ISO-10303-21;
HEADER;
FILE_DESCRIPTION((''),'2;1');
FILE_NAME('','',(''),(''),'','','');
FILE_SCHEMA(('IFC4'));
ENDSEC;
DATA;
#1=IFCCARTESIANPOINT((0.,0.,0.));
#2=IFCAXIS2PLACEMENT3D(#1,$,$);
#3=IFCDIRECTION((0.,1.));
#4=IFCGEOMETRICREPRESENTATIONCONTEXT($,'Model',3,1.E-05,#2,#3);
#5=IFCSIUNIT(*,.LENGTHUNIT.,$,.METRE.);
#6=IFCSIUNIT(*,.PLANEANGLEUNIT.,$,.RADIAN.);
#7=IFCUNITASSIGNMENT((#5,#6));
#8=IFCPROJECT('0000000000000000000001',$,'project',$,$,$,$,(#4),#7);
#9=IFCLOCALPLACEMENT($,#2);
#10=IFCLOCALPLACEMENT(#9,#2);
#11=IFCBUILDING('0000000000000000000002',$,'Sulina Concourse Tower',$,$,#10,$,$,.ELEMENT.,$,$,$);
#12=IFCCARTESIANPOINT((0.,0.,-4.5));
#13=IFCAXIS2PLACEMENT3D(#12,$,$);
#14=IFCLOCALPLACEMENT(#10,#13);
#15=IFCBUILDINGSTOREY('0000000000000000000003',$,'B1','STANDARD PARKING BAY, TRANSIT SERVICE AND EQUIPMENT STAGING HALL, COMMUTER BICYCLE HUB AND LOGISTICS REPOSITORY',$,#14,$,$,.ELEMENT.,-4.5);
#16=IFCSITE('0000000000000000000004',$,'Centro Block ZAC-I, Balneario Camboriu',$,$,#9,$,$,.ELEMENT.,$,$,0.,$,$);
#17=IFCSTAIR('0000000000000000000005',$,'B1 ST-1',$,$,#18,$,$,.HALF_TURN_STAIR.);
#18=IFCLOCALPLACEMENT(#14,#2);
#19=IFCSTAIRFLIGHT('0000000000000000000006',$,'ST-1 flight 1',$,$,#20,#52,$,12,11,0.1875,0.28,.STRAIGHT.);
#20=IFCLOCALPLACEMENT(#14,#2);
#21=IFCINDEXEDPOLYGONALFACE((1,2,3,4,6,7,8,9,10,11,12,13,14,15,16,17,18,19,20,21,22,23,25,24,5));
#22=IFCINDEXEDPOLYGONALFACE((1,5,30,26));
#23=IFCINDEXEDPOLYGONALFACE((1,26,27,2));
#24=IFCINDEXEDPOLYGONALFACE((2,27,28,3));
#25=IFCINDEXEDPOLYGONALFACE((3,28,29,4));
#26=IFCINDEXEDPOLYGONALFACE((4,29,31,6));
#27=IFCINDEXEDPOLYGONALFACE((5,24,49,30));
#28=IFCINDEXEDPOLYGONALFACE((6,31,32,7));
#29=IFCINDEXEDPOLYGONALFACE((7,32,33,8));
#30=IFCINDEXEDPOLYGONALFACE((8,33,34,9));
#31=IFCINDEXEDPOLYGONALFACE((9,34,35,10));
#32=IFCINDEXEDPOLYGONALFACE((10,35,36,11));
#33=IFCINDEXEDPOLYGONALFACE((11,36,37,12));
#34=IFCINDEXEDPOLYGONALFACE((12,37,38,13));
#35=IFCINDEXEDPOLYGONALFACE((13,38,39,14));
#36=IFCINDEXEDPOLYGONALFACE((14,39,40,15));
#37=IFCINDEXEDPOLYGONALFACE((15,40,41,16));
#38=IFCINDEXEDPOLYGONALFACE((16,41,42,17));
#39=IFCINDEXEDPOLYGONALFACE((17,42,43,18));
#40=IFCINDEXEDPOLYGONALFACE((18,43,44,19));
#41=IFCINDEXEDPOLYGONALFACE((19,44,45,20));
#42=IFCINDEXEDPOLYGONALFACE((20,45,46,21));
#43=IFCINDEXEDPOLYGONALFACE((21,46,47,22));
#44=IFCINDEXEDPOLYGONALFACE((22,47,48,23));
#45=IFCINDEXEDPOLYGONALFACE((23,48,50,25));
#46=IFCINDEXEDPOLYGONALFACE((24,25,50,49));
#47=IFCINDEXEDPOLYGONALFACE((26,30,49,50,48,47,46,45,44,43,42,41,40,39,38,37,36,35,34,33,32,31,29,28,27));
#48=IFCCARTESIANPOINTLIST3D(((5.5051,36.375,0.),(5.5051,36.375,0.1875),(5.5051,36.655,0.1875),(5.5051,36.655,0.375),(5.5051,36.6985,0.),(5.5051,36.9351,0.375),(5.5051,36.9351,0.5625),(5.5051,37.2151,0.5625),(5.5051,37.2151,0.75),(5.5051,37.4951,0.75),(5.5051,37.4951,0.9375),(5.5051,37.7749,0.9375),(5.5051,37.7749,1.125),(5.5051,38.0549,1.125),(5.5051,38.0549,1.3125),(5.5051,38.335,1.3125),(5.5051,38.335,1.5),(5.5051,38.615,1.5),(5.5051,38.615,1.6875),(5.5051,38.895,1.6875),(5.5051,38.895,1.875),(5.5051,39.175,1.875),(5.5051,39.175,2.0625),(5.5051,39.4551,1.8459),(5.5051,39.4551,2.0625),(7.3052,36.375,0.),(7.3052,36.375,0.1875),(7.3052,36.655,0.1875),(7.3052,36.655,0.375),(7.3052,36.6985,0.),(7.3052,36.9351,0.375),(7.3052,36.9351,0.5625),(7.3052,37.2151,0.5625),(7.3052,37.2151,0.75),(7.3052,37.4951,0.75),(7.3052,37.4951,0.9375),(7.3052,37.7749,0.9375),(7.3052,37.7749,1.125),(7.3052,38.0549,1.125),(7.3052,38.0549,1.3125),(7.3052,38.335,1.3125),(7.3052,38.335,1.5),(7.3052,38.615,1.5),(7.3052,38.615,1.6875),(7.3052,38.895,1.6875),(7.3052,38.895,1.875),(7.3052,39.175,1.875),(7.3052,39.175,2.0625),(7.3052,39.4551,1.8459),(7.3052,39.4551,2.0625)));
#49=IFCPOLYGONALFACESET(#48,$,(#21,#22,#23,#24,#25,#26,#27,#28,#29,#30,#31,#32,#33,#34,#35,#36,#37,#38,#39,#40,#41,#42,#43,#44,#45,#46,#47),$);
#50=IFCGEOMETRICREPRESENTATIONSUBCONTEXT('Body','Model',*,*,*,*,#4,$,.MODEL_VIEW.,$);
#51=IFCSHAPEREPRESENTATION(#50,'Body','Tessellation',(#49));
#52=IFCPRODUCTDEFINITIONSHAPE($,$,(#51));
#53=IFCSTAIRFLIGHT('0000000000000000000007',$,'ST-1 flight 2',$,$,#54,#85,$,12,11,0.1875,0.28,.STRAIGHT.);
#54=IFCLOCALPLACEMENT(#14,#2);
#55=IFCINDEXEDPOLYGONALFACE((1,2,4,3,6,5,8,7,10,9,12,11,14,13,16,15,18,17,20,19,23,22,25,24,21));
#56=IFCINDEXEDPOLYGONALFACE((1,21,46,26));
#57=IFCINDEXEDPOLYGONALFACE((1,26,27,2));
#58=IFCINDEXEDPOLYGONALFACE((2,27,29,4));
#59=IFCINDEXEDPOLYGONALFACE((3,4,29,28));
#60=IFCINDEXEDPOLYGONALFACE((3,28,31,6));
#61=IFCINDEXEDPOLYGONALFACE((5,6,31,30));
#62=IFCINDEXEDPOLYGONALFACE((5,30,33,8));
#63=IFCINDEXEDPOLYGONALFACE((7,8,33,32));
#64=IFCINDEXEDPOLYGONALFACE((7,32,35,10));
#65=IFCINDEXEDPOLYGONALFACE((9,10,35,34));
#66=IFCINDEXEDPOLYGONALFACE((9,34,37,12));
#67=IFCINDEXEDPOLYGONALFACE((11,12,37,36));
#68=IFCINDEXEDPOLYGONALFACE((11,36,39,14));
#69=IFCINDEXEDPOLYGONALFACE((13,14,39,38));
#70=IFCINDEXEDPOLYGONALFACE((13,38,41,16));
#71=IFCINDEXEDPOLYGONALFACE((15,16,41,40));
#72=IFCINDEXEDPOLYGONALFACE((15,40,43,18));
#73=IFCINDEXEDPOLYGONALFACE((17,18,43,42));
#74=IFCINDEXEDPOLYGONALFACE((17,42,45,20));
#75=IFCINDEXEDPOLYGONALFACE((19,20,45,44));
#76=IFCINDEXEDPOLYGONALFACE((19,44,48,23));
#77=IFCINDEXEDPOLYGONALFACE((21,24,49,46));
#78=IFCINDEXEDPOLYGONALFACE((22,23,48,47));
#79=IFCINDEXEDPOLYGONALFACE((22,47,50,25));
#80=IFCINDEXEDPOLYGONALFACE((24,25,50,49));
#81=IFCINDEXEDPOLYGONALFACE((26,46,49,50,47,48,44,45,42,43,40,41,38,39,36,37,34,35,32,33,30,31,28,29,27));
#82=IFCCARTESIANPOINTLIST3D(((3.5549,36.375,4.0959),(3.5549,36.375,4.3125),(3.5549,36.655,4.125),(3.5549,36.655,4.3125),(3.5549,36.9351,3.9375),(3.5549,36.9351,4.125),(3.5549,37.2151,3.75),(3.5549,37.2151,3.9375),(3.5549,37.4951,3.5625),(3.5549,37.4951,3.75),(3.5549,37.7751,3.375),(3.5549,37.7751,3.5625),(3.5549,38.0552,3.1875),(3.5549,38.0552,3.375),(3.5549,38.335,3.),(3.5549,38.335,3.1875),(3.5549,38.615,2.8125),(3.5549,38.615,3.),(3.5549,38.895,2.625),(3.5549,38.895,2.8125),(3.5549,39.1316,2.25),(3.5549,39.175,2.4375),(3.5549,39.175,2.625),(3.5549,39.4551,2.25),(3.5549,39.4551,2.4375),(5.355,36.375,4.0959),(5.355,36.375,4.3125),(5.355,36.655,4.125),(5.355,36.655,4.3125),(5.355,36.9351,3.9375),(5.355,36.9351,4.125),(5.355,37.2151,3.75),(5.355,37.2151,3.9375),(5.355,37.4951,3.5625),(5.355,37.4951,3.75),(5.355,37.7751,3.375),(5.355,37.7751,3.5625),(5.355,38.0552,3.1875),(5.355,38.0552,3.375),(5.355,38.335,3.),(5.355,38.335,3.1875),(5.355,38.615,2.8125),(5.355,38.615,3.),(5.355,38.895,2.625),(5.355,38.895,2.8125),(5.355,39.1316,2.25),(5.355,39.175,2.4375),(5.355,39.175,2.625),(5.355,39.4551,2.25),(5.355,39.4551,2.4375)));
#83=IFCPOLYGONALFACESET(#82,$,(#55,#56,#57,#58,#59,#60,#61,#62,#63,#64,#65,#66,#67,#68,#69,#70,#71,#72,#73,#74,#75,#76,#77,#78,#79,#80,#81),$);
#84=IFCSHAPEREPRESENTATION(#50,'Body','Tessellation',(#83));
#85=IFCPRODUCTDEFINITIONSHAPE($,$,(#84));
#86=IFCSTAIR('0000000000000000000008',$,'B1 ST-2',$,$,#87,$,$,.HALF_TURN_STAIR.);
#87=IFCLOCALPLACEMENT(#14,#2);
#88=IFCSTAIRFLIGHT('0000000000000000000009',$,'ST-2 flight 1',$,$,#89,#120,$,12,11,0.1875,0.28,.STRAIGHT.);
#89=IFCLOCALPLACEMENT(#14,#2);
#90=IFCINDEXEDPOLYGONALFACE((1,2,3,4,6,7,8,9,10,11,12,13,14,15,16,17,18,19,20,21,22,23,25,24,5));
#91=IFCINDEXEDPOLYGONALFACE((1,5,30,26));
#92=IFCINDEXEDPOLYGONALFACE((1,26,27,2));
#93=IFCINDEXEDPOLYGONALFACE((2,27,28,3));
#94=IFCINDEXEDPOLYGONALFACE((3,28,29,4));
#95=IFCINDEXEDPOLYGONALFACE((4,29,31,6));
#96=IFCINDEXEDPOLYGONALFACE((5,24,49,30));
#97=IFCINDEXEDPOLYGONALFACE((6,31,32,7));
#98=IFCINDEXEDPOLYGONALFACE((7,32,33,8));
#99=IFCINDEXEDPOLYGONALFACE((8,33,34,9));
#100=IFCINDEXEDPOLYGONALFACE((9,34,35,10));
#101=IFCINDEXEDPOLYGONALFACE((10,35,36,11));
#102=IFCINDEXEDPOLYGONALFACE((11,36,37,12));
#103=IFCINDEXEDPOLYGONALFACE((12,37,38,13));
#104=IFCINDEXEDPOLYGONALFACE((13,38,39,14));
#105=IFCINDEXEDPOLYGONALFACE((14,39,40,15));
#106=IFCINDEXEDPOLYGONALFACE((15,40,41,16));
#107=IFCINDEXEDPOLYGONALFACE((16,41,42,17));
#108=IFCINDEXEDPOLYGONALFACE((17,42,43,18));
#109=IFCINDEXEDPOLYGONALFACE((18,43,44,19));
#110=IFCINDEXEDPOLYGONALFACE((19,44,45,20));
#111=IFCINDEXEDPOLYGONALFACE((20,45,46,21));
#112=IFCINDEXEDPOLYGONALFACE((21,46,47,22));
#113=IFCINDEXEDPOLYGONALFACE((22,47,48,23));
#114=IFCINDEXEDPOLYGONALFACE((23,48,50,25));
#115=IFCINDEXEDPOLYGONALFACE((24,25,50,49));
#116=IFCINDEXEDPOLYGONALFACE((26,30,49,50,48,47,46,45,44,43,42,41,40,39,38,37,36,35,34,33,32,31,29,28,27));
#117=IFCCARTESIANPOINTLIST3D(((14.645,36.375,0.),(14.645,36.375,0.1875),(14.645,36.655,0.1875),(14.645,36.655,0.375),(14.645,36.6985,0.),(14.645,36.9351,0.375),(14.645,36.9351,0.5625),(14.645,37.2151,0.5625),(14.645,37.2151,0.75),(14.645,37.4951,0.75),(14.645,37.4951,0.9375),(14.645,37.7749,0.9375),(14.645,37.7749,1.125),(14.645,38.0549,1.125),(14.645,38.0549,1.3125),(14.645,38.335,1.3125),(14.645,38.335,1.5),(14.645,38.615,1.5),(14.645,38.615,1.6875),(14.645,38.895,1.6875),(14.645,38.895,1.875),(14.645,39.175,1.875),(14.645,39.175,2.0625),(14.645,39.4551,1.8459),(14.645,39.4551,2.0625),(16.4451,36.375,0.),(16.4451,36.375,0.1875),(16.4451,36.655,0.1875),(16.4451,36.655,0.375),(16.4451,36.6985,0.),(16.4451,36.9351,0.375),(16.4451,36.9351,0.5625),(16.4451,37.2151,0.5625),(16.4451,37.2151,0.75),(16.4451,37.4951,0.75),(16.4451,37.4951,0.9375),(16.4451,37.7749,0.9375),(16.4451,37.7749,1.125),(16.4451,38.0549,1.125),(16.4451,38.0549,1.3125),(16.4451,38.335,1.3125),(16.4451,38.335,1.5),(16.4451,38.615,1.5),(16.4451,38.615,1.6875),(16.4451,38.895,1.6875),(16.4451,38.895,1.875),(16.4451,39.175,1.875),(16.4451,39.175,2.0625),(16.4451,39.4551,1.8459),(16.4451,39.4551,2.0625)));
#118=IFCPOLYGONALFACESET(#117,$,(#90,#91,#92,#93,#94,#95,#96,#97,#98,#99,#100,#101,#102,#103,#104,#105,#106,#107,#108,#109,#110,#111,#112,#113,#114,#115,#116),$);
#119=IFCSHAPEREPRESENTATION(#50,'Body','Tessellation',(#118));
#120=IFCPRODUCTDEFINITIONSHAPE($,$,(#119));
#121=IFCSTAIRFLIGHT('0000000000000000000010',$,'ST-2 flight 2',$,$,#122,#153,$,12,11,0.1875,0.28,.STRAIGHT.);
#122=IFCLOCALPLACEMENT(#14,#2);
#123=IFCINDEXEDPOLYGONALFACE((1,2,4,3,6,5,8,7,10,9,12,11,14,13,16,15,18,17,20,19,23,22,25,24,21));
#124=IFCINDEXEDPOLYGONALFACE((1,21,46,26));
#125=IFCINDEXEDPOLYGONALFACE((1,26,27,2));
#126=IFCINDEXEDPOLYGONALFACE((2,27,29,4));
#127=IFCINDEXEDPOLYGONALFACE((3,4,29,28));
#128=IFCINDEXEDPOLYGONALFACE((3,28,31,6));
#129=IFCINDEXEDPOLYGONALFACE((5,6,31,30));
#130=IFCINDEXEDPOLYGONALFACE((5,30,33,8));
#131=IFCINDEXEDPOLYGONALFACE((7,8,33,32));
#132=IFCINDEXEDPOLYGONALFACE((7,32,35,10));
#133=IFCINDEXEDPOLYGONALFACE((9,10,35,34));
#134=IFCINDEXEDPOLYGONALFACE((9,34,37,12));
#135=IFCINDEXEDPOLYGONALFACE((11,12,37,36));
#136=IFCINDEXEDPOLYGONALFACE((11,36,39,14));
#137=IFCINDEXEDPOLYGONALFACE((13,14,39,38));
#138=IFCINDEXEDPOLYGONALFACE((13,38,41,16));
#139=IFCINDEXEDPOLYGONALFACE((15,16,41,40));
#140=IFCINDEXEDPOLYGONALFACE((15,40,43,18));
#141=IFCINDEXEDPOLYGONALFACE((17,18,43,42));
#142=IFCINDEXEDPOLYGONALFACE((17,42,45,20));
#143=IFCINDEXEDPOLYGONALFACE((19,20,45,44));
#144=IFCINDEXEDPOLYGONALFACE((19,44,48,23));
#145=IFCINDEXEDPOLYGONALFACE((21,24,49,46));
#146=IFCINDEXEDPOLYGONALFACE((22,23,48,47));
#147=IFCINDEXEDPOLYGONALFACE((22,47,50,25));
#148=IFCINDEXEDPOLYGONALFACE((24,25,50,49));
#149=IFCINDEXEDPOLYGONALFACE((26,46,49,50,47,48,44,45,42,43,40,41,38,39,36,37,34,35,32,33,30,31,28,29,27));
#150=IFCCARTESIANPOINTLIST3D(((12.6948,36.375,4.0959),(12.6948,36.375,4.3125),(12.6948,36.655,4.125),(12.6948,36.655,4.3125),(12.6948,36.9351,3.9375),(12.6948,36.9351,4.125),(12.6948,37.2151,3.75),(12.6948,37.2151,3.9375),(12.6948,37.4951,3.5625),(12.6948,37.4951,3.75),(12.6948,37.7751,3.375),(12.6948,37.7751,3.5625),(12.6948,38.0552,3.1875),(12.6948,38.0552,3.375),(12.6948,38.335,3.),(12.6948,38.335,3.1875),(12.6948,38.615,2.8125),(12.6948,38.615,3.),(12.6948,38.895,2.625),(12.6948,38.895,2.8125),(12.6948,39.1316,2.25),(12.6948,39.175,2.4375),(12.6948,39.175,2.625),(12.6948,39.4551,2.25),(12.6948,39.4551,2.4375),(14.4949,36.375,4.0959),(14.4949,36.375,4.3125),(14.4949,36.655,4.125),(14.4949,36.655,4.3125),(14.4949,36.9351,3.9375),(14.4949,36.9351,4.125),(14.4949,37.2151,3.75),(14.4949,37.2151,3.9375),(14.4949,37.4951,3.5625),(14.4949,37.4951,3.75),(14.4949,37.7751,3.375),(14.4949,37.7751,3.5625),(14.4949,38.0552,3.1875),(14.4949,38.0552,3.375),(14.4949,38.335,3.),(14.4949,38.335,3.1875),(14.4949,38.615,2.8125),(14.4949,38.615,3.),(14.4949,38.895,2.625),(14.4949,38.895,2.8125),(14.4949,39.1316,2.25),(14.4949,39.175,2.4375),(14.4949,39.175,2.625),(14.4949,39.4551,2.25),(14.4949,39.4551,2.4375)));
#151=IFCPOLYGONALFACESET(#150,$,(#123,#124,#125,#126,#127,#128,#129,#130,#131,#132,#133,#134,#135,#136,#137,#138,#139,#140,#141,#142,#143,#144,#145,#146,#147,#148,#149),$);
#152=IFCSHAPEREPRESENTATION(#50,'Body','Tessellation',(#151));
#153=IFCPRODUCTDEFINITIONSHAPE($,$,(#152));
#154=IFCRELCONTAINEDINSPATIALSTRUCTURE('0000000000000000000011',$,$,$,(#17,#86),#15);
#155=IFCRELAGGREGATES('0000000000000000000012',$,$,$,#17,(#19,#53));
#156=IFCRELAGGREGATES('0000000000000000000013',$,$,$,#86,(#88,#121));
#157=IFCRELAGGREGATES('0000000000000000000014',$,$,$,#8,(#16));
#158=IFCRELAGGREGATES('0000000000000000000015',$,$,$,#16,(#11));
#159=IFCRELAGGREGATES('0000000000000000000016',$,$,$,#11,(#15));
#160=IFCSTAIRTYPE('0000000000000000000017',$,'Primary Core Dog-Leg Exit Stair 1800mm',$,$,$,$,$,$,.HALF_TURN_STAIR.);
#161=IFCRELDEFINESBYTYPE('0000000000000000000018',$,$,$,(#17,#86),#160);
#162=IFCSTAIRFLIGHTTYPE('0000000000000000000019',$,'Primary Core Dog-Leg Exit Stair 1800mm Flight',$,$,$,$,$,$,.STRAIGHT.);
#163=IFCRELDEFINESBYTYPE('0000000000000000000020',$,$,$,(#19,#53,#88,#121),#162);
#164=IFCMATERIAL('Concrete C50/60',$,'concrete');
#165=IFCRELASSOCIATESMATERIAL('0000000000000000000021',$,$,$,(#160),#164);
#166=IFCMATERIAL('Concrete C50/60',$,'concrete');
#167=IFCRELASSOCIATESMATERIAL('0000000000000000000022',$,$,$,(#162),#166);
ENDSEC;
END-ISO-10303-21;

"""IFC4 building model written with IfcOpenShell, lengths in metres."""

from ifc_helpers import new_model, si_unit, direction, frame, origin, place, context, subcontext, project, spatial, polyline, outline, extrude, material, type_object, element, aggregate, save


model = new_model("IFC4")

# Units and contexts
model_context = context("Model", 3, precision=1e-05, world=origin(), true_north=direction((0.0, 1.0)))
body_context = subcontext(model_context, "Body", "Model", "MODEL_VIEW")
ifc_project = project(units=[si_unit("LENGTHUNIT", "METRE"), si_unit("PLANEANGLEUNIT", "RADIAN")], contexts=[model_context])

# Site, building, storey
site_placement = place(None, origin())
site = spatial("IfcSite", under=ifc_project, at=site_placement, Name="Centro Block ZAC-I, Balneario Camboriu", CompositionType="ELEMENT", RefElevation=0.0)
building_placement = place(site_placement, origin())
building = spatial("IfcBuilding", under=site, at=building_placement, Name="Sulina Concourse Tower", CompositionType="ELEMENT")
storey_placement = place(building_placement, frame((0.0, 0.0, -4.5)))
storey = spatial("IfcBuildingStorey", under=building, at=storey_placement, Name="B1", Description="STANDARD PARKING BAY, TRANSIT SERVICE AND EQUIPMENT STAGING HALL, COMMUTER BICYCLE HUB AND LOGISTICS REPOSITORY", CompositionType="ELEMENT", Elevation=-4.5)

# Stairs, stair flights
ifc_material_1 = material(Name="Concrete C50/60", Category="concrete")
stair_type = type_object("IfcStairType", Name="Primary Core Dog-Leg Exit Stair 1800mm", PredefinedType="HALF_TURN_STAIR", material=ifc_material_1)
stair_1_placement = place(storey_placement, origin())
stair_1 = element("IfcStair", 1, at=stair_1_placement, inside=storey, type_object=stair_type, Name="B1 ST-1", PredefinedType="HALF_TURN_STAIR")
ifc_material_2 = material(Name="Concrete C50/60", Category="concrete")
stair_flight_type = type_object("IfcStairFlightType", Name="Primary Core Dog-Leg Exit Stair 1800mm Flight", PredefinedType="STRAIGHT", material=ifc_material_2)
stair_flight_1_placement = place(storey_placement, frame((6.405, 36.375, 0.0), z_axis=(0.0, 0.0, 1.0), x_axis=(0.0, 1.0, 0.0)))
stair_flight_1 = element("IfcStairFlight", 2, at=stair_flight_1_placement, type_object=stair_flight_type, Name="ST-1 flight 1", NumberOfRisers=12, NumberOfTreads=11, PredefinedType="STRAIGHT", RiserHeight=0.1875, TreadLength=0.28, context=body_context, shape_type="SweptSolid", body=[
    extrude(outline(polyline([(0.0, 0.0), (0.0, 0.1875), (0.28, 0.1875), (0.28, 0.375), (0.5601, 0.375), (0.5601, 0.5625), (0.8401, 0.5625), (0.8401, 0.75), (1.1201, 0.75), (1.1201, 0.9375), (1.3999, 0.9375), (1.3999, 1.125), (1.6799, 1.125), (1.6799, 1.3125), (1.96, 1.3125), (1.96, 1.5), (2.24, 1.5), (2.24, 1.6875), (2.52, 1.6875), (2.52, 1.875), (2.8, 1.875), (2.8, 2.0625), (3.0801, 2.0625), (3.0801, 2.25), (3.0801, 1.8459), (0.3235, 0.0), (0.0, 0.0)])), frame((0.0, 0.8999, 0.0), z_axis=(0.0, -1.0, 0.0), x_axis=(1.0, 0.0, 0.0)), (0.0, 0.0, 1.0), 1.8),
])
stair_flight_2_placement = place(storey_placement, frame((4.4551, 39.4551, 2.25), z_axis=(0.0, 0.0, 1.0), x_axis=(0.0, -1.0, 0.0)))
stair_flight_2 = element("IfcStairFlight", 3, at=stair_flight_2_placement, type_object=stair_flight_type, Name="ST-1 flight 2", NumberOfRisers=12, NumberOfTreads=11, PredefinedType="STRAIGHT", RiserHeight=0.1875, TreadLength=0.28, context=body_context, shape_type="SweptSolid", body=[
    extrude(outline(polyline([(0.0, 0.0), (0.0, 0.1875), (0.28, 0.1875), (0.28, 0.375), (0.5601, 0.375), (0.5601, 0.5625), (0.8401, 0.5625), (0.8401, 0.75), (1.1201, 0.75), (1.1201, 0.9375), (1.3999, 0.9375), (1.3999, 1.125), (1.6799, 1.125), (1.6799, 1.3125), (1.96, 1.3125), (1.96, 1.5), (2.24, 1.5), (2.24, 1.6875), (2.52, 1.6875), (2.52, 1.875), (2.8, 1.875), (2.8, 2.0625), (3.0801, 2.0625), (3.0801, 2.25), (3.0801, 1.8459), (0.3235, 0.0), (0.0, 0.0)])), frame((0.0, 0.8999, 0.0), z_axis=(0.0, -1.0, 0.0), x_axis=(1.0, 0.0, 0.0)), (0.0, 0.0, 1.0), 1.8),
])
aggregate(stair_1, [stair_flight_1, stair_flight_2])
stair_2_placement = place(storey_placement, origin())
stair_2 = element("IfcStair", 4, at=stair_2_placement, inside=storey, type_object=stair_type, Name="B1 ST-2", PredefinedType="HALF_TURN_STAIR")
stair_flight_3_placement = place(storey_placement, frame((15.5449, 36.375, 0.0), z_axis=(0.0, 0.0, 1.0), x_axis=(0.0, 1.0, 0.0)))
stair_flight_3 = element("IfcStairFlight", 5, at=stair_flight_3_placement, type_object=stair_flight_type, Name="ST-2 flight 1", NumberOfRisers=12, NumberOfTreads=11, PredefinedType="STRAIGHT", RiserHeight=0.1875, TreadLength=0.28, context=body_context, shape_type="SweptSolid", body=[
    extrude(outline(polyline([(0.0, 0.0), (0.0, 0.1875), (0.28, 0.1875), (0.28, 0.375), (0.5601, 0.375), (0.5601, 0.5625), (0.8401, 0.5625), (0.8401, 0.75), (1.1201, 0.75), (1.1201, 0.9375), (1.3999, 0.9375), (1.3999, 1.125), (1.6799, 1.125), (1.6799, 1.3125), (1.96, 1.3125), (1.96, 1.5), (2.24, 1.5), (2.24, 1.6875), (2.52, 1.6875), (2.52, 1.875), (2.8, 1.875), (2.8, 2.0625), (3.0801, 2.0625), (3.0801, 2.25), (3.0801, 1.8459), (0.3235, 0.0), (0.0, 0.0)])), frame((0.0, 0.8999, 0.0), z_axis=(0.0, -1.0, 0.0), x_axis=(1.0, 0.0, 0.0)), (0.0, 0.0, 1.0), 1.8),
])
stair_flight_4_placement = place(storey_placement, frame((13.595, 39.4551, 2.25), z_axis=(0.0, 0.0, 1.0), x_axis=(0.0, -1.0, 0.0)))
stair_flight_4 = element("IfcStairFlight", 6, at=stair_flight_4_placement, type_object=stair_flight_type, Name="ST-2 flight 2", NumberOfRisers=12, NumberOfTreads=11, PredefinedType="STRAIGHT", RiserHeight=0.1875, TreadLength=0.28, context=body_context, shape_type="SweptSolid", body=[
    extrude(outline(polyline([(0.0, 0.0), (0.0, 0.1875), (0.28, 0.1875), (0.28, 0.375), (0.5601, 0.375), (0.5601, 0.5625), (0.8401, 0.5625), (0.8401, 0.75), (1.1201, 0.75), (1.1201, 0.9375), (1.3999, 0.9375), (1.3999, 1.125), (1.6799, 1.125), (1.6799, 1.3125), (1.96, 1.3125), (1.96, 1.5), (2.24, 1.5), (2.24, 1.6875), (2.52, 1.6875), (2.52, 1.875), (2.8, 1.875), (2.8, 2.0625), (3.0801, 2.0625), (3.0801, 2.25), (3.0801, 1.8459), (0.3235, 0.0), (0.0, 0.0)])), frame((0.0, 0.8999, 0.0), z_axis=(0.0, -1.0, 0.0), x_axis=(1.0, 0.0, 0.0)), (0.0, 0.0, 1.0), 1.8),
])
aggregate(stair_2, [stair_flight_3, stair_flight_4])

save(model, "model.ifc")
